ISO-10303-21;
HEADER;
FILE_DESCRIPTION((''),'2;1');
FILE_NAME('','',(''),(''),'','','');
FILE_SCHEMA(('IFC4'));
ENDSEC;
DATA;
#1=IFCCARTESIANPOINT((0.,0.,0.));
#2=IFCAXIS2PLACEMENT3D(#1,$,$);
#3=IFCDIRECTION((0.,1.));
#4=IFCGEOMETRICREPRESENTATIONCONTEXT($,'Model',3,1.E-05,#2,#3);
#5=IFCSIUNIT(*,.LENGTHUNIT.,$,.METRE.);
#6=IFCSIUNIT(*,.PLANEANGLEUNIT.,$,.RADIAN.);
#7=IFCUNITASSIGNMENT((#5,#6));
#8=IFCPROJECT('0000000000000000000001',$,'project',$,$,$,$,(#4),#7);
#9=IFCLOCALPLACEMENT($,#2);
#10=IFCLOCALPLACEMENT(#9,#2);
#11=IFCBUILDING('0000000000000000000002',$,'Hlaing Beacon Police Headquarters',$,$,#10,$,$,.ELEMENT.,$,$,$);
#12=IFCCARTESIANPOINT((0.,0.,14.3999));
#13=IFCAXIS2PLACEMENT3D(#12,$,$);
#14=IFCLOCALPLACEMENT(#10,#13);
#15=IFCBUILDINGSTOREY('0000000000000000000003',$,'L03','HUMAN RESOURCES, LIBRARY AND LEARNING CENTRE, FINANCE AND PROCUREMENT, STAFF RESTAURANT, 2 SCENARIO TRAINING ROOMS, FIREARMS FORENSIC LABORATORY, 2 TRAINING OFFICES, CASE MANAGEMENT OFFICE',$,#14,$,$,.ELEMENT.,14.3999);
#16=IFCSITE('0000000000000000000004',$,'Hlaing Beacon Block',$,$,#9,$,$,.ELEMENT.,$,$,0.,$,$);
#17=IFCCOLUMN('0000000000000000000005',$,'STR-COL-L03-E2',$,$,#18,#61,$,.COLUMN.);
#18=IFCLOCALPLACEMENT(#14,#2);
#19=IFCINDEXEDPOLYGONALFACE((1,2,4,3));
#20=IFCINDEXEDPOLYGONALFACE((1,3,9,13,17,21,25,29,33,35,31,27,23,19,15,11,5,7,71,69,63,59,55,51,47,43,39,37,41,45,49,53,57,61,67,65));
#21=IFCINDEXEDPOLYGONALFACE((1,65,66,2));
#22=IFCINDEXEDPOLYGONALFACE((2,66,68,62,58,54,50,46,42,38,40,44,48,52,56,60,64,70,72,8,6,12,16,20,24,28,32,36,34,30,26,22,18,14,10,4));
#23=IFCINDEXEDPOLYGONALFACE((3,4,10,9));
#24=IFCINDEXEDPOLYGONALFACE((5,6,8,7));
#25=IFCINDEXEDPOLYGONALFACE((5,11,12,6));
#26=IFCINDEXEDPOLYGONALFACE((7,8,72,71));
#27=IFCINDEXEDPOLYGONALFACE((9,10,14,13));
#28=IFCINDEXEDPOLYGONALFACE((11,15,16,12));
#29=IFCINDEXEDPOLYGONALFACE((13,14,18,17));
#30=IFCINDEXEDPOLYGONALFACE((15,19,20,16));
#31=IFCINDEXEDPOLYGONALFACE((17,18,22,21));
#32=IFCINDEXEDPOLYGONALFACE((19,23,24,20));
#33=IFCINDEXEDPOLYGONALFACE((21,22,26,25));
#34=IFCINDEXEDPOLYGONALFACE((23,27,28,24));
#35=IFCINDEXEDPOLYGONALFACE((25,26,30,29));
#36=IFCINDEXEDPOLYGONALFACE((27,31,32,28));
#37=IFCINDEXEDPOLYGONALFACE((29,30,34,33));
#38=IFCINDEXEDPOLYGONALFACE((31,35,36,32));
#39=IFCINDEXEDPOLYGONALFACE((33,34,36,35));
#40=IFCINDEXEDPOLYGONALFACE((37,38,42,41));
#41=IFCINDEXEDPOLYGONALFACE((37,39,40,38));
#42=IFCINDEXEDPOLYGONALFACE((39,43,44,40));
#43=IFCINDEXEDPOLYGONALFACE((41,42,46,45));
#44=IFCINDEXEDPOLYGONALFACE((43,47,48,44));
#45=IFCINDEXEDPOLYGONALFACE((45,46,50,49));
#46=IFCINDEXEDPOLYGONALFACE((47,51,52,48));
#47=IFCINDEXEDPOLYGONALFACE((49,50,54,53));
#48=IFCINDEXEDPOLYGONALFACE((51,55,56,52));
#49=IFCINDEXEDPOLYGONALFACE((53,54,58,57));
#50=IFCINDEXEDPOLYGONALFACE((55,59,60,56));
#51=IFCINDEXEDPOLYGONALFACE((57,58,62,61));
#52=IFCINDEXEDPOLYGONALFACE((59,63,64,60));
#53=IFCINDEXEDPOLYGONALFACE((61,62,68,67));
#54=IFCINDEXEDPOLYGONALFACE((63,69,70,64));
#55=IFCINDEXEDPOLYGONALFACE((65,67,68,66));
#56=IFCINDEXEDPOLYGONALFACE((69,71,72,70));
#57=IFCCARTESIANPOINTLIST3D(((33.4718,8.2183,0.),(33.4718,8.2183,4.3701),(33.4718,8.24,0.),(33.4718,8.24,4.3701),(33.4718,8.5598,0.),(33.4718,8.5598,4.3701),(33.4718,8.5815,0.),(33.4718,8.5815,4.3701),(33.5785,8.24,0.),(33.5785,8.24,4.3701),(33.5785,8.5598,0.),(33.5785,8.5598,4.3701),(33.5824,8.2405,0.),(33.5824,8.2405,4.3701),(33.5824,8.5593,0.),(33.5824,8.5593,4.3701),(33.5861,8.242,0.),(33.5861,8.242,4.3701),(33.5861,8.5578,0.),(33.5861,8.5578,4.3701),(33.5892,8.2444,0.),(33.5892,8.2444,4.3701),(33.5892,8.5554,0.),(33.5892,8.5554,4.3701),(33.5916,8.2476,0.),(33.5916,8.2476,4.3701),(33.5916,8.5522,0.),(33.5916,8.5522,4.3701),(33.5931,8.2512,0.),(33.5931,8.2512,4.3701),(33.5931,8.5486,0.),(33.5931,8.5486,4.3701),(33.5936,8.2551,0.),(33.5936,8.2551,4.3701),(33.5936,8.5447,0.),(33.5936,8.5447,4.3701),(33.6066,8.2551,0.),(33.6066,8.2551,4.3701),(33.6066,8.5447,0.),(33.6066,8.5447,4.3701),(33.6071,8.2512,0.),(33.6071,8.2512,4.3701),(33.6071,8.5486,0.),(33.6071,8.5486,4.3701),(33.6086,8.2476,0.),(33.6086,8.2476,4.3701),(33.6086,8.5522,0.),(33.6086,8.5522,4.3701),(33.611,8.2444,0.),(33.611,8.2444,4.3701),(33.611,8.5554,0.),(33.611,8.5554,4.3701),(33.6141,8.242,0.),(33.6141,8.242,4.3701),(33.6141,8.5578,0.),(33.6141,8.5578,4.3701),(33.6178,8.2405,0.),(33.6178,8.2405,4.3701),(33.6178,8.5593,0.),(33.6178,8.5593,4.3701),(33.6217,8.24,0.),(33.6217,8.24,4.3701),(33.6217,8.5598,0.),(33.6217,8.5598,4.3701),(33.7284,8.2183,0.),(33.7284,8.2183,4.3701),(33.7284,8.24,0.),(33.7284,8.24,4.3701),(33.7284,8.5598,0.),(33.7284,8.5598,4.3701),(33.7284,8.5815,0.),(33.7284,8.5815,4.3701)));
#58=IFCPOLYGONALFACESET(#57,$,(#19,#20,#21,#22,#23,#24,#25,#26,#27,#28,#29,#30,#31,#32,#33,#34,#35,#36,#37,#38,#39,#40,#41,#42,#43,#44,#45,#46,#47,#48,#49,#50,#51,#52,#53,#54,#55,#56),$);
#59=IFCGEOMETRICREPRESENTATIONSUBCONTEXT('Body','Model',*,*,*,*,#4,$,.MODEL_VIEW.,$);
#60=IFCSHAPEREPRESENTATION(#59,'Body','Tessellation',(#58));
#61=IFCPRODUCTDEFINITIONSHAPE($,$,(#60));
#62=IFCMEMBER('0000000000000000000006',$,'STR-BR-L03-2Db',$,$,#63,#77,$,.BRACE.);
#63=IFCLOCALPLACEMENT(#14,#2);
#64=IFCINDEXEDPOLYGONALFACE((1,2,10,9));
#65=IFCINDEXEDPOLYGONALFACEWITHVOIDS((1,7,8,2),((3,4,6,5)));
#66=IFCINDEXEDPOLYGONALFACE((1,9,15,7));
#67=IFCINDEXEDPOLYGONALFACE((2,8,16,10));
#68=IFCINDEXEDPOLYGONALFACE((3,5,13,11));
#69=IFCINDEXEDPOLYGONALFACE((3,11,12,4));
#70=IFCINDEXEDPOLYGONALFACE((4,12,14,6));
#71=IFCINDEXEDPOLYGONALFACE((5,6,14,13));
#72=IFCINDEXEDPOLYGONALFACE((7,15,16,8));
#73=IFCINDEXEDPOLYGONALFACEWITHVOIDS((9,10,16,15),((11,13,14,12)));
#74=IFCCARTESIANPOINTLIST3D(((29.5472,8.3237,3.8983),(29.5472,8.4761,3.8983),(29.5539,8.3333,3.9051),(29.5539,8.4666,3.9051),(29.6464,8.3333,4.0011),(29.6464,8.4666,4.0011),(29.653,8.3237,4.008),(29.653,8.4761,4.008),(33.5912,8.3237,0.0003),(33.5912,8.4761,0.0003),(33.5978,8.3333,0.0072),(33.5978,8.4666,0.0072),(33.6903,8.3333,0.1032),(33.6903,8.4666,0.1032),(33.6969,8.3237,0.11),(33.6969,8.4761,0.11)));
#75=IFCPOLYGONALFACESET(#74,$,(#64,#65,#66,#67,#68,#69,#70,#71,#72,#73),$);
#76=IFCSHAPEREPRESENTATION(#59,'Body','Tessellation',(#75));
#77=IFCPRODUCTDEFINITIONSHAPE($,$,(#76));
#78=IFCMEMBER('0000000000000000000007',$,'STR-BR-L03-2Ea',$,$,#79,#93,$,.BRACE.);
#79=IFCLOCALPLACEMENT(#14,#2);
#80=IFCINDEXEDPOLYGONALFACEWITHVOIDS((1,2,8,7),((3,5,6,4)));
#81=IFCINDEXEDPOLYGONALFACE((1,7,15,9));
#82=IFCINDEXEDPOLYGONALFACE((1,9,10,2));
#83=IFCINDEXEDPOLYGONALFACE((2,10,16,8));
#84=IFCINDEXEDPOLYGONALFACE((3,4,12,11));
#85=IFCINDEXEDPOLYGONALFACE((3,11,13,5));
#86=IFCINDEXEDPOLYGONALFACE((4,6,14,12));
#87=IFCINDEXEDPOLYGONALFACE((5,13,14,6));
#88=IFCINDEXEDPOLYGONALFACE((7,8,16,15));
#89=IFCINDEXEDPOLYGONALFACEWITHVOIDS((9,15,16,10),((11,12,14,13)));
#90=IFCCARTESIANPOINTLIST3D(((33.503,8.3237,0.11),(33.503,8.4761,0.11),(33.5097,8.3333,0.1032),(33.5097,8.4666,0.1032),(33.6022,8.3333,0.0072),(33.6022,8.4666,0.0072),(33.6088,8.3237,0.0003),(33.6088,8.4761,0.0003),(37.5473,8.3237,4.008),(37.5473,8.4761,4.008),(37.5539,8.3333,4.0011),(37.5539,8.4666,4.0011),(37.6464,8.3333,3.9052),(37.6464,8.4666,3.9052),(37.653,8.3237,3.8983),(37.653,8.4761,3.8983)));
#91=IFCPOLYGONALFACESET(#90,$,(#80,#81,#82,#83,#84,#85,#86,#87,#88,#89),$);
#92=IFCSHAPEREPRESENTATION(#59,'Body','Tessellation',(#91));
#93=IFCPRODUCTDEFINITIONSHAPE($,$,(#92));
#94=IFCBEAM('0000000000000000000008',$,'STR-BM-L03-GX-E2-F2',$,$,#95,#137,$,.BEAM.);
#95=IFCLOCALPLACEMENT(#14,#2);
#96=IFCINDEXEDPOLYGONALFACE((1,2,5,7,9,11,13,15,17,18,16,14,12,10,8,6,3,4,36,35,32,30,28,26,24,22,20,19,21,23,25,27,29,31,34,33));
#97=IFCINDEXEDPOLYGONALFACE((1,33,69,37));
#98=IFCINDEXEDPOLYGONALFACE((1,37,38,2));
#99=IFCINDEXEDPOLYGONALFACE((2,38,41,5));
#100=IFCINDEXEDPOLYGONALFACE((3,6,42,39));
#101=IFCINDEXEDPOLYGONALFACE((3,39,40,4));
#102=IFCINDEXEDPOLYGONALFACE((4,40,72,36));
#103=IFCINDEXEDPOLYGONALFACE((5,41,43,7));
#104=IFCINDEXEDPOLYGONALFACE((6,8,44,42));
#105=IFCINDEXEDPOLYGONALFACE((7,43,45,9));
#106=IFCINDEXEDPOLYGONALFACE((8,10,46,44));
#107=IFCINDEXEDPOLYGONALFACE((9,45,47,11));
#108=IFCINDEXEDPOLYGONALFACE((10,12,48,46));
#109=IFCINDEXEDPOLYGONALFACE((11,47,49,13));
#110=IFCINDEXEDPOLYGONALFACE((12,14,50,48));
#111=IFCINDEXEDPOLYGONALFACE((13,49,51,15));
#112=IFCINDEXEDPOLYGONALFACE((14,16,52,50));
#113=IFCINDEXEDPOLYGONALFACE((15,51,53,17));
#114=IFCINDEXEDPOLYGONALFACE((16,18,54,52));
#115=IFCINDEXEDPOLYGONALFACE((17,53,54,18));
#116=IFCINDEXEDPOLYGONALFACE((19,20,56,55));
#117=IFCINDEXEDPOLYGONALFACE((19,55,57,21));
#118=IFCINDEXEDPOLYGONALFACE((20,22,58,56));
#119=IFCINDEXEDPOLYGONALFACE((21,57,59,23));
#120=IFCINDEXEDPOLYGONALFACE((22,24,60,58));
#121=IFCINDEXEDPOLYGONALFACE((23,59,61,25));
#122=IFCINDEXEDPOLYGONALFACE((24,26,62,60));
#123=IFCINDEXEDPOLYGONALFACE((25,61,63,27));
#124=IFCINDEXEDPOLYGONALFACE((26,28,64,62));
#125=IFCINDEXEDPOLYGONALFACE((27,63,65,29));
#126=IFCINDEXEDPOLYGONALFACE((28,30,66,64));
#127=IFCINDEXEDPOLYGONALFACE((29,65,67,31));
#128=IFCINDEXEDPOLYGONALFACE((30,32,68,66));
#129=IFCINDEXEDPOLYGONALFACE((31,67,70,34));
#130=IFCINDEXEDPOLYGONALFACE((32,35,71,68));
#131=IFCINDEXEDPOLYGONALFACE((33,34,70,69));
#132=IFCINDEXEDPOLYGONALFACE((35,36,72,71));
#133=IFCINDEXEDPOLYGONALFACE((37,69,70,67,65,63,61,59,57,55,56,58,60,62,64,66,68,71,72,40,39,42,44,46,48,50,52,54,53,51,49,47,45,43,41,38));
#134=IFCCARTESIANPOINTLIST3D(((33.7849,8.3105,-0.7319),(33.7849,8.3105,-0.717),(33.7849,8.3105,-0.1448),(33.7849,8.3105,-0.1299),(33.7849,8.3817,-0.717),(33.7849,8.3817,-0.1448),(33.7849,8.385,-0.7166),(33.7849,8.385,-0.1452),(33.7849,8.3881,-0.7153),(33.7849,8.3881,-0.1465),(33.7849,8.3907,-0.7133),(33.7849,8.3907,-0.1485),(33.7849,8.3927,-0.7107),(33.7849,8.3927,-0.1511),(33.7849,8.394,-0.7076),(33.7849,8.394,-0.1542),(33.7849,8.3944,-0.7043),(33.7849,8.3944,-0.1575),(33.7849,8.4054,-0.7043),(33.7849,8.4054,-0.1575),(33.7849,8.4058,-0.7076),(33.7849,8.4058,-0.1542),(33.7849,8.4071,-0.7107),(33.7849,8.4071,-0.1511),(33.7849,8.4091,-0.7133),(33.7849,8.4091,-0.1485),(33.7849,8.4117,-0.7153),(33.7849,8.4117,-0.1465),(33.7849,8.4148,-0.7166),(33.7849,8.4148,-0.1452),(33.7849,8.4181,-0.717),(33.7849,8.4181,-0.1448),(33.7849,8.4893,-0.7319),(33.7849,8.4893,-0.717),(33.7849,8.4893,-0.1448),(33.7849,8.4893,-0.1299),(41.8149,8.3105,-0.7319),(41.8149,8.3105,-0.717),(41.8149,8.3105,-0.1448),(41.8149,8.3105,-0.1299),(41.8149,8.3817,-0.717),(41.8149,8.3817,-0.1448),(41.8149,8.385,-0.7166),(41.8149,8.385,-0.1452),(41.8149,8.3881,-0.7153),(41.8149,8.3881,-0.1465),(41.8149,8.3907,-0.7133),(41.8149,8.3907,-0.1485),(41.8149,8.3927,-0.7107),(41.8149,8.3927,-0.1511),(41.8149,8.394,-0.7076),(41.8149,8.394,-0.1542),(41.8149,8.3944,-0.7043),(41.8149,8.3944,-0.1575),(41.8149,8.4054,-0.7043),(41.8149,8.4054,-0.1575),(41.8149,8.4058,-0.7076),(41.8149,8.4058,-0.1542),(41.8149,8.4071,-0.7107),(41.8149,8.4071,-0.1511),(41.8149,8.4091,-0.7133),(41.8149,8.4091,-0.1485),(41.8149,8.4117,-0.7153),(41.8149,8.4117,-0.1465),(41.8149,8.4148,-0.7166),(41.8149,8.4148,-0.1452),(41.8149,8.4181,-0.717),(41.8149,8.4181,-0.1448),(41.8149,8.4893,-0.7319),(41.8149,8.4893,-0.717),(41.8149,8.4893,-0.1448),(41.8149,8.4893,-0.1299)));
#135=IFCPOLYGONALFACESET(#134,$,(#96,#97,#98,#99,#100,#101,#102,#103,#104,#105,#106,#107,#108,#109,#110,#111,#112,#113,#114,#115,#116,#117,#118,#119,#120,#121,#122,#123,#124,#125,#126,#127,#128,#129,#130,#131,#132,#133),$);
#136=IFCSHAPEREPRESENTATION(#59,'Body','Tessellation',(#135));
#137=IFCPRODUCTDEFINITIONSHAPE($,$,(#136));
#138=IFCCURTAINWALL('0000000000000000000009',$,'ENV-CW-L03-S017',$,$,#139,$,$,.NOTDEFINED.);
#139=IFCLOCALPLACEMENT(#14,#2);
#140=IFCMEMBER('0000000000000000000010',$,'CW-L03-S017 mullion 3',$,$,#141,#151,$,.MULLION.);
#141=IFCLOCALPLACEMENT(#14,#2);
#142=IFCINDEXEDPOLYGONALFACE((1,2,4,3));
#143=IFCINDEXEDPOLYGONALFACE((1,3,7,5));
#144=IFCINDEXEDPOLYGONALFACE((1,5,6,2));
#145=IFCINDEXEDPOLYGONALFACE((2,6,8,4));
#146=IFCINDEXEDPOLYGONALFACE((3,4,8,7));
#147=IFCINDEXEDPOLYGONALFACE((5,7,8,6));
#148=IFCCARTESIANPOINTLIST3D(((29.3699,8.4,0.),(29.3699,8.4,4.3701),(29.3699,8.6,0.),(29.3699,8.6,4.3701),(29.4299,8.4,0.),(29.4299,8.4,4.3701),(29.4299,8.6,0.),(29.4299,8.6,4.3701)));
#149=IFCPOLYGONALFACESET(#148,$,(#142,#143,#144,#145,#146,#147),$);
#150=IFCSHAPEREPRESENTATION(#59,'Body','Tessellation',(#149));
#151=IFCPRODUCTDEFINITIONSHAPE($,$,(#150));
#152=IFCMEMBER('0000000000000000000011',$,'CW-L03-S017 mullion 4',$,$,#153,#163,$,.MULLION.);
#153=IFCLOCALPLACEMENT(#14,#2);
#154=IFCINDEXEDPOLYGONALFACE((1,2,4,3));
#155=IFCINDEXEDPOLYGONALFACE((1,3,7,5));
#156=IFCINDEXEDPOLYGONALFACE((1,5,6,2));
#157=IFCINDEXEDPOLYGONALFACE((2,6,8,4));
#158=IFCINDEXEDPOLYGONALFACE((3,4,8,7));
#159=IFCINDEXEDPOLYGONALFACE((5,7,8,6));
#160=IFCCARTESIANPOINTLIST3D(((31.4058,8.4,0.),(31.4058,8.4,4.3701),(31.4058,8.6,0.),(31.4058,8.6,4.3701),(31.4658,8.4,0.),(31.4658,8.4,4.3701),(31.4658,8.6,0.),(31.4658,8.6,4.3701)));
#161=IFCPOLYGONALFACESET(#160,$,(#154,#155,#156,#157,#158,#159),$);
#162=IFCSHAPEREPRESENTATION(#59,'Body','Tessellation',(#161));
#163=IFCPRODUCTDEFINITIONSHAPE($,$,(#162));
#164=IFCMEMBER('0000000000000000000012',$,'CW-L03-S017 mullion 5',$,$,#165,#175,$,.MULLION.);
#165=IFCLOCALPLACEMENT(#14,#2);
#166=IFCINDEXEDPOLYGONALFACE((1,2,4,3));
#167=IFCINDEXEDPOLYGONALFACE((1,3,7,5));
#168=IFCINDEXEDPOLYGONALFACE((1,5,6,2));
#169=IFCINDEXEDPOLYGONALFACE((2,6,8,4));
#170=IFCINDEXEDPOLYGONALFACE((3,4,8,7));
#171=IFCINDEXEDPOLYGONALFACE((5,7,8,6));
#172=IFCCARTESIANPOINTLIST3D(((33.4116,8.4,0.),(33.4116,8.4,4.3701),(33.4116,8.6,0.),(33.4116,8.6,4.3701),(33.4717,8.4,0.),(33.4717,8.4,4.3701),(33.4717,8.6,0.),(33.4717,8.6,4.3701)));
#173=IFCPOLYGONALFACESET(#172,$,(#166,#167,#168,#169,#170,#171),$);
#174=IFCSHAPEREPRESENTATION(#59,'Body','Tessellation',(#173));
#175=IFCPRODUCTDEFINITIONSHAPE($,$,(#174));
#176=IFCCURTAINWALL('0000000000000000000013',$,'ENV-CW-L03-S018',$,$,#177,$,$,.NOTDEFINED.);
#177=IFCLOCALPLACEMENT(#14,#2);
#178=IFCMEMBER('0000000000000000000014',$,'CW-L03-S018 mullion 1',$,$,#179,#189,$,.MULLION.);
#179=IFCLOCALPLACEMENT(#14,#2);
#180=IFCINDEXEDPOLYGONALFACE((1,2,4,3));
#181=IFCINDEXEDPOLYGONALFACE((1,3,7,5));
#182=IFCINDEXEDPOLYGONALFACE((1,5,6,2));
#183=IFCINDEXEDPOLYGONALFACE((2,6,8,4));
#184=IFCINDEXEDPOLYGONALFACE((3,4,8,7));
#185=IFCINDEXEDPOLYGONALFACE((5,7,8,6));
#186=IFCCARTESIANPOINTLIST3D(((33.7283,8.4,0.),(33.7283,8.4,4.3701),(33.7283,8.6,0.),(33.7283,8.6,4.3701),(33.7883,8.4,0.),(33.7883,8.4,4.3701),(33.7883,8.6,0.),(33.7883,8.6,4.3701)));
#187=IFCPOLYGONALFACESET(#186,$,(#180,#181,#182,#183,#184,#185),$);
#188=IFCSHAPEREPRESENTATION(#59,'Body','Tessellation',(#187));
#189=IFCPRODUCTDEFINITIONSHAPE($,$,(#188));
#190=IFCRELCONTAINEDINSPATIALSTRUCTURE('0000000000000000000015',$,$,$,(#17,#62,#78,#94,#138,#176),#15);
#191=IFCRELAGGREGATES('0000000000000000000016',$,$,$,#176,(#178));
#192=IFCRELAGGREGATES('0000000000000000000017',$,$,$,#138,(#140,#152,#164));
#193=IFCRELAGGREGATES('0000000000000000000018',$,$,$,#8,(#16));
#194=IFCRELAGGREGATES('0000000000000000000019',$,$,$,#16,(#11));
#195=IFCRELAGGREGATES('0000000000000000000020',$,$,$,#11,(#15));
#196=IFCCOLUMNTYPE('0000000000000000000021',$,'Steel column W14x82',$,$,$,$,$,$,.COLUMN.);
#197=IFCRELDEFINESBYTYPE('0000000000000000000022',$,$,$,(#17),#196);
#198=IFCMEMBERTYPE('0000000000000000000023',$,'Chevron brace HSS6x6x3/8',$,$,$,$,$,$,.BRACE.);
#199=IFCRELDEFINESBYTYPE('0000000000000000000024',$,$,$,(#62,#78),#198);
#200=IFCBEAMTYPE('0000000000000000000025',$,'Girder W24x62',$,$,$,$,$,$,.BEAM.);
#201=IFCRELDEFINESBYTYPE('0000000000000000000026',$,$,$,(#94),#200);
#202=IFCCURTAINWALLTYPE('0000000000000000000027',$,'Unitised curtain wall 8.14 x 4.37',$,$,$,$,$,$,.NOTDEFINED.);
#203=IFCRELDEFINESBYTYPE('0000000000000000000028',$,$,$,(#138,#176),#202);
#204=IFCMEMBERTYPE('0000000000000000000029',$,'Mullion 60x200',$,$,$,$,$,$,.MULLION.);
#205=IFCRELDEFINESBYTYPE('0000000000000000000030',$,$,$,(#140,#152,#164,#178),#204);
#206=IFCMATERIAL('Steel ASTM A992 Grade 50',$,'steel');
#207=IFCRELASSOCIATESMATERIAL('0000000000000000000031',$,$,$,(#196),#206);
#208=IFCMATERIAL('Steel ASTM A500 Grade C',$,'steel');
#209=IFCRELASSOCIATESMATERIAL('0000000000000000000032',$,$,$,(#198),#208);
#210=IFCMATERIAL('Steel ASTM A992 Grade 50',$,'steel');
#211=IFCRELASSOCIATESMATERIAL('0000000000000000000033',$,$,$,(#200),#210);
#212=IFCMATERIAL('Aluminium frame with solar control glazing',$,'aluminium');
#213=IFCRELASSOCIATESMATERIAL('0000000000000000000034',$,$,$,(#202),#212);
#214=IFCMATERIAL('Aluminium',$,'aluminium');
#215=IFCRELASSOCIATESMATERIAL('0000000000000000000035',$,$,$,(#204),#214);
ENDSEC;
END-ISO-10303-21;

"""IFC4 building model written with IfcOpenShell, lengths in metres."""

from ifc_helpers import new_model, si_unit, direction, frame, origin, origin_2d, place, context, subcontext, project, spatial, rectangle, hollow_rectangle, i_section, extrude, material, material_profile, profile_set, type_object, element, aggregate, save


model = new_model("IFC4")

# Units and contexts
model_context = context("Model", 3, precision=1e-05, world=origin(), true_north=direction((0.0, 1.0)))
body_context = subcontext(model_context, "Body", "Model", "MODEL_VIEW")
ifc_project = project(units=[si_unit("LENGTHUNIT", "METRE"), si_unit("PLANEANGLEUNIT", "RADIAN")], contexts=[model_context])

# Site, building, storey
site_placement = place(None, origin())
site = spatial("IfcSite", under=ifc_project, at=site_placement, Name="Hlaing Beacon Block", CompositionType="ELEMENT", RefElevation=0.0)
building_placement = place(site_placement, origin())
building = spatial("IfcBuilding", under=site, at=building_placement, Name="Hlaing Beacon Police Headquarters", CompositionType="ELEMENT")
storey_placement = place(building_placement, frame((0.0, 0.0, 14.3999)))
storey = spatial("IfcBuildingStorey", under=building, at=storey_placement, Name="L03", Description="HUMAN RESOURCES, LIBRARY AND LEARNING CENTRE, FINANCE AND PROCUREMENT, STAFF RESTAURANT, 2 SCENARIO TRAINING ROOMS, FIREARMS FORENSIC LABORATORY, 2 TRAINING OFFICES, CASE MANAGEMENT OFFICE", CompositionType="ELEMENT", Elevation=14.3999)

# Column
ifc_material_1 = material(Name="Steel ASTM A992 Grade 50", Category="steel")
ifc_material_profile_1 = material_profile(ifc_material_1, i_section(OverallWidth=0.2566, OverallDepth=0.3633, WebThickness=0.0129, FlangeThickness=0.0217, FilletRadius=0.0151, at=origin_2d()), Name="W14x82")
ifc_profile_set_1 = profile_set([ifc_material_profile_1], Name="Steel ASTM A992 Grade 50")
column_type = type_object("IfcColumnType", Name="Steel column W14x82", PredefinedType="COLUMN", material=ifc_profile_set_1)
column_placement = place(storey_placement, frame((33.6001, 8.3999, 0.0), z_axis=(0.0, 0.0, 1.0), x_axis=(1.0, 0.0, 0.0)))
element("IfcColumn", 1, at=column_placement, inside=storey, type_object=column_type, Name="STR-COL-L03-E2", PredefinedType="COLUMN", context=body_context, shape_type="SweptSolid", body=[
    extrude(i_section(OverallWidth=0.2566, OverallDepth=0.3633, WebThickness=0.0129, FlangeThickness=0.0217, FilletRadius=0.0151, at=origin_2d()), origin(), (0.0, 0.0, 1.0), 4.3701),
])

# Members
ifc_material_2 = material(Name="Steel ASTM A500 Grade C", Category="steel")
ifc_material_profile_2 = material_profile(ifc_material_2, hollow_rectangle(XDim=0.1523, YDim=0.1523, WallThickness=0.0095, at=origin_2d()), Name="HSS6x6x3/8")
ifc_profile_set_2 = profile_set([ifc_material_profile_2], Name="Steel ASTM A500 Grade C")
member_type_1 = type_object("IfcMemberType", Name="Chevron brace HSS6x6x3/8", PredefinedType="BRACE", material=ifc_profile_set_2)
member_1_placement = place(storey_placement, frame((33.644, 8.3999, 0.0552), z_axis=(-0.719984, 0.0, 0.693991), x_axis=(0.0, -1.0, 0.0)))
element("IfcMember", 2, at=member_1_placement, inside=storey, type_object=member_type_1, Name="STR-BR-L03-2Db", PredefinedType="BRACE", context=body_context, shape_type="SweptSolid", body=[
    extrude(hollow_rectangle(XDim=0.1523, YDim=0.1523, WallThickness=0.0095, at=origin_2d()), origin(), (0.0, 0.0, 1.0), 5.6167),
])
member_2_placement = place(storey_placement, frame((33.5559, 8.3999, 0.0552), z_axis=(0.720005, 0.0, 0.693969), x_axis=(0.0, 1.0, 0.0)))
element("IfcMember", 3, at=member_2_placement, inside=storey, type_object=member_type_1, Name="STR-BR-L03-2Ea", PredefinedType="BRACE", context=body_context, shape_type="SweptSolid", body=[
    extrude(hollow_rectangle(XDim=0.1523, YDim=0.1523, WallThickness=0.0095, at=origin_2d()), origin(), (0.0, 0.0, 1.0), 5.6169),
])

# Beam
ifc_material_3 = material(Name="Steel ASTM A992 Grade 50", Category="steel")
ifc_material_profile_3 = material_profile(ifc_material_3, i_section(OverallWidth=0.1787, OverallDepth=0.6021, WebThickness=0.011, FlangeThickness=0.0149, FilletRadius=0.0127, at=origin_2d()), Name="W24x62")
ifc_profile_set_3 = profile_set([ifc_material_profile_3], Name="Steel ASTM A992 Grade 50")
beam_type_1 = type_object("IfcBeamType", Name="Girder W24x62", PredefinedType="BEAM", material=ifc_profile_set_3)
beam_placement = place(storey_placement, frame((33.7849, 8.3999, -0.4309), z_axis=(1.0, 0.0, 0.0), x_axis=(0.0, 1.0, 0.0)))
element("IfcBeam", 4, at=beam_placement, inside=storey, type_object=beam_type_1, Name="STR-BM-L03-GX-E2-F2", PredefinedType="BEAM", context=body_context, shape_type="SweptSolid", body=[
    extrude(i_section(OverallWidth=0.1787, OverallDepth=0.6021, WebThickness=0.011, FlangeThickness=0.0149, FilletRadius=0.0127, at=origin_2d()), origin(), (0.0, 0.0, 1.0), 8.03),
])

# Curtain wall, members
ifc_material_4 = material(Name="Aluminium frame with solar control glazing", Category="aluminium")
curtain_wall_type = type_object("IfcCurtainWallType", Name="Unitised curtain wall 8.14 x 4.37", PredefinedType="NOTDEFINED", material=ifc_material_4)
curtain_wall_1_placement = place(storey_placement, origin())
curtain_wall_1 = element("IfcCurtainWall", 5, at=curtain_wall_1_placement, inside=storey, type_object=curtain_wall_type, Name="ENV-CW-L03-S017", PredefinedType="NOTDEFINED")
ifc_material_5 = material(Name="Aluminium", Category="aluminium")
ifc_material_profile_4 = material_profile(ifc_material_5, rectangle(XDim=0.2, YDim=0.0601, at=origin_2d()), Name="Mullion 60x200")
ifc_profile_set_4 = profile_set([ifc_material_profile_4], Name="Aluminium")
member_type_2 = type_object("IfcMemberType", Name="Mullion 60x200", PredefinedType="MULLION", material=ifc_profile_set_4)
member_3_placement = place(storey_placement, frame((29.3999, 8.5, 0.0), z_axis=(0.0, 0.0, 1.0), x_axis=(0.0, 1.0, 0.0)))
member_3 = element("IfcMember", 6, at=member_3_placement, type_object=member_type_2, Name="CW-L03-S017 mullion 3", PredefinedType="MULLION", context=body_context, shape_type="SweptSolid", body=[
    extrude(rectangle(XDim=0.2, YDim=0.0601, at=origin_2d()), origin(), (0.0, 0.0, 1.0), 4.3701),
])
member_4_placement = place(storey_placement, frame((31.4358, 8.5, 0.0), z_axis=(0.0, 0.0, 1.0), x_axis=(0.0, 1.0, 0.0)))
member_4 = element("IfcMember", 7, at=member_4_placement, type_object=member_type_2, Name="CW-L03-S017 mullion 4", PredefinedType="MULLION", context=body_context, shape_type="SweptSolid", body=[
    extrude(rectangle(XDim=0.2, YDim=0.0601, at=origin_2d()), origin(), (0.0, 0.0, 1.0), 4.3701),
])
member_5_placement = place(storey_placement, frame((33.4417, 8.5, 0.0), z_axis=(0.0, 0.0, 1.0), x_axis=(0.0, 1.0, 0.0)))
member_5 = element("IfcMember", 8, at=member_5_placement, type_object=member_type_2, Name="CW-L03-S017 mullion 5", PredefinedType="MULLION", context=body_context, shape_type="SweptSolid", body=[
    extrude(rectangle(XDim=0.2, YDim=0.0601, at=origin_2d()), origin(), (0.0, 0.0, 1.0), 4.3701),
])

# Curtain wall, member
curtain_wall_2_placement = place(storey_placement, origin())
curtain_wall_2 = element("IfcCurtainWall", 9, at=curtain_wall_2_placement, inside=storey, type_object=curtain_wall_type, Name="ENV-CW-L03-S018", PredefinedType="NOTDEFINED")
member_6_placement = place(storey_placement, frame((33.7583, 8.5, 0.0), z_axis=(0.0, 0.0, 1.0), x_axis=(0.0, 1.0, 0.0)))
member_6 = element("IfcMember", 10, at=member_6_placement, type_object=member_type_2, Name="CW-L03-S018 mullion 1", PredefinedType="MULLION", context=body_context, shape_type="SweptSolid", body=[
    extrude(rectangle(XDim=0.2, YDim=0.0601, at=origin_2d()), origin(), (0.0, 0.0, 1.0), 4.3701),
])
aggregate(curtain_wall_2, [member_6])

aggregate(curtain_wall_1, [member_3, member_4, member_5])

save(model, "model.ifc")
